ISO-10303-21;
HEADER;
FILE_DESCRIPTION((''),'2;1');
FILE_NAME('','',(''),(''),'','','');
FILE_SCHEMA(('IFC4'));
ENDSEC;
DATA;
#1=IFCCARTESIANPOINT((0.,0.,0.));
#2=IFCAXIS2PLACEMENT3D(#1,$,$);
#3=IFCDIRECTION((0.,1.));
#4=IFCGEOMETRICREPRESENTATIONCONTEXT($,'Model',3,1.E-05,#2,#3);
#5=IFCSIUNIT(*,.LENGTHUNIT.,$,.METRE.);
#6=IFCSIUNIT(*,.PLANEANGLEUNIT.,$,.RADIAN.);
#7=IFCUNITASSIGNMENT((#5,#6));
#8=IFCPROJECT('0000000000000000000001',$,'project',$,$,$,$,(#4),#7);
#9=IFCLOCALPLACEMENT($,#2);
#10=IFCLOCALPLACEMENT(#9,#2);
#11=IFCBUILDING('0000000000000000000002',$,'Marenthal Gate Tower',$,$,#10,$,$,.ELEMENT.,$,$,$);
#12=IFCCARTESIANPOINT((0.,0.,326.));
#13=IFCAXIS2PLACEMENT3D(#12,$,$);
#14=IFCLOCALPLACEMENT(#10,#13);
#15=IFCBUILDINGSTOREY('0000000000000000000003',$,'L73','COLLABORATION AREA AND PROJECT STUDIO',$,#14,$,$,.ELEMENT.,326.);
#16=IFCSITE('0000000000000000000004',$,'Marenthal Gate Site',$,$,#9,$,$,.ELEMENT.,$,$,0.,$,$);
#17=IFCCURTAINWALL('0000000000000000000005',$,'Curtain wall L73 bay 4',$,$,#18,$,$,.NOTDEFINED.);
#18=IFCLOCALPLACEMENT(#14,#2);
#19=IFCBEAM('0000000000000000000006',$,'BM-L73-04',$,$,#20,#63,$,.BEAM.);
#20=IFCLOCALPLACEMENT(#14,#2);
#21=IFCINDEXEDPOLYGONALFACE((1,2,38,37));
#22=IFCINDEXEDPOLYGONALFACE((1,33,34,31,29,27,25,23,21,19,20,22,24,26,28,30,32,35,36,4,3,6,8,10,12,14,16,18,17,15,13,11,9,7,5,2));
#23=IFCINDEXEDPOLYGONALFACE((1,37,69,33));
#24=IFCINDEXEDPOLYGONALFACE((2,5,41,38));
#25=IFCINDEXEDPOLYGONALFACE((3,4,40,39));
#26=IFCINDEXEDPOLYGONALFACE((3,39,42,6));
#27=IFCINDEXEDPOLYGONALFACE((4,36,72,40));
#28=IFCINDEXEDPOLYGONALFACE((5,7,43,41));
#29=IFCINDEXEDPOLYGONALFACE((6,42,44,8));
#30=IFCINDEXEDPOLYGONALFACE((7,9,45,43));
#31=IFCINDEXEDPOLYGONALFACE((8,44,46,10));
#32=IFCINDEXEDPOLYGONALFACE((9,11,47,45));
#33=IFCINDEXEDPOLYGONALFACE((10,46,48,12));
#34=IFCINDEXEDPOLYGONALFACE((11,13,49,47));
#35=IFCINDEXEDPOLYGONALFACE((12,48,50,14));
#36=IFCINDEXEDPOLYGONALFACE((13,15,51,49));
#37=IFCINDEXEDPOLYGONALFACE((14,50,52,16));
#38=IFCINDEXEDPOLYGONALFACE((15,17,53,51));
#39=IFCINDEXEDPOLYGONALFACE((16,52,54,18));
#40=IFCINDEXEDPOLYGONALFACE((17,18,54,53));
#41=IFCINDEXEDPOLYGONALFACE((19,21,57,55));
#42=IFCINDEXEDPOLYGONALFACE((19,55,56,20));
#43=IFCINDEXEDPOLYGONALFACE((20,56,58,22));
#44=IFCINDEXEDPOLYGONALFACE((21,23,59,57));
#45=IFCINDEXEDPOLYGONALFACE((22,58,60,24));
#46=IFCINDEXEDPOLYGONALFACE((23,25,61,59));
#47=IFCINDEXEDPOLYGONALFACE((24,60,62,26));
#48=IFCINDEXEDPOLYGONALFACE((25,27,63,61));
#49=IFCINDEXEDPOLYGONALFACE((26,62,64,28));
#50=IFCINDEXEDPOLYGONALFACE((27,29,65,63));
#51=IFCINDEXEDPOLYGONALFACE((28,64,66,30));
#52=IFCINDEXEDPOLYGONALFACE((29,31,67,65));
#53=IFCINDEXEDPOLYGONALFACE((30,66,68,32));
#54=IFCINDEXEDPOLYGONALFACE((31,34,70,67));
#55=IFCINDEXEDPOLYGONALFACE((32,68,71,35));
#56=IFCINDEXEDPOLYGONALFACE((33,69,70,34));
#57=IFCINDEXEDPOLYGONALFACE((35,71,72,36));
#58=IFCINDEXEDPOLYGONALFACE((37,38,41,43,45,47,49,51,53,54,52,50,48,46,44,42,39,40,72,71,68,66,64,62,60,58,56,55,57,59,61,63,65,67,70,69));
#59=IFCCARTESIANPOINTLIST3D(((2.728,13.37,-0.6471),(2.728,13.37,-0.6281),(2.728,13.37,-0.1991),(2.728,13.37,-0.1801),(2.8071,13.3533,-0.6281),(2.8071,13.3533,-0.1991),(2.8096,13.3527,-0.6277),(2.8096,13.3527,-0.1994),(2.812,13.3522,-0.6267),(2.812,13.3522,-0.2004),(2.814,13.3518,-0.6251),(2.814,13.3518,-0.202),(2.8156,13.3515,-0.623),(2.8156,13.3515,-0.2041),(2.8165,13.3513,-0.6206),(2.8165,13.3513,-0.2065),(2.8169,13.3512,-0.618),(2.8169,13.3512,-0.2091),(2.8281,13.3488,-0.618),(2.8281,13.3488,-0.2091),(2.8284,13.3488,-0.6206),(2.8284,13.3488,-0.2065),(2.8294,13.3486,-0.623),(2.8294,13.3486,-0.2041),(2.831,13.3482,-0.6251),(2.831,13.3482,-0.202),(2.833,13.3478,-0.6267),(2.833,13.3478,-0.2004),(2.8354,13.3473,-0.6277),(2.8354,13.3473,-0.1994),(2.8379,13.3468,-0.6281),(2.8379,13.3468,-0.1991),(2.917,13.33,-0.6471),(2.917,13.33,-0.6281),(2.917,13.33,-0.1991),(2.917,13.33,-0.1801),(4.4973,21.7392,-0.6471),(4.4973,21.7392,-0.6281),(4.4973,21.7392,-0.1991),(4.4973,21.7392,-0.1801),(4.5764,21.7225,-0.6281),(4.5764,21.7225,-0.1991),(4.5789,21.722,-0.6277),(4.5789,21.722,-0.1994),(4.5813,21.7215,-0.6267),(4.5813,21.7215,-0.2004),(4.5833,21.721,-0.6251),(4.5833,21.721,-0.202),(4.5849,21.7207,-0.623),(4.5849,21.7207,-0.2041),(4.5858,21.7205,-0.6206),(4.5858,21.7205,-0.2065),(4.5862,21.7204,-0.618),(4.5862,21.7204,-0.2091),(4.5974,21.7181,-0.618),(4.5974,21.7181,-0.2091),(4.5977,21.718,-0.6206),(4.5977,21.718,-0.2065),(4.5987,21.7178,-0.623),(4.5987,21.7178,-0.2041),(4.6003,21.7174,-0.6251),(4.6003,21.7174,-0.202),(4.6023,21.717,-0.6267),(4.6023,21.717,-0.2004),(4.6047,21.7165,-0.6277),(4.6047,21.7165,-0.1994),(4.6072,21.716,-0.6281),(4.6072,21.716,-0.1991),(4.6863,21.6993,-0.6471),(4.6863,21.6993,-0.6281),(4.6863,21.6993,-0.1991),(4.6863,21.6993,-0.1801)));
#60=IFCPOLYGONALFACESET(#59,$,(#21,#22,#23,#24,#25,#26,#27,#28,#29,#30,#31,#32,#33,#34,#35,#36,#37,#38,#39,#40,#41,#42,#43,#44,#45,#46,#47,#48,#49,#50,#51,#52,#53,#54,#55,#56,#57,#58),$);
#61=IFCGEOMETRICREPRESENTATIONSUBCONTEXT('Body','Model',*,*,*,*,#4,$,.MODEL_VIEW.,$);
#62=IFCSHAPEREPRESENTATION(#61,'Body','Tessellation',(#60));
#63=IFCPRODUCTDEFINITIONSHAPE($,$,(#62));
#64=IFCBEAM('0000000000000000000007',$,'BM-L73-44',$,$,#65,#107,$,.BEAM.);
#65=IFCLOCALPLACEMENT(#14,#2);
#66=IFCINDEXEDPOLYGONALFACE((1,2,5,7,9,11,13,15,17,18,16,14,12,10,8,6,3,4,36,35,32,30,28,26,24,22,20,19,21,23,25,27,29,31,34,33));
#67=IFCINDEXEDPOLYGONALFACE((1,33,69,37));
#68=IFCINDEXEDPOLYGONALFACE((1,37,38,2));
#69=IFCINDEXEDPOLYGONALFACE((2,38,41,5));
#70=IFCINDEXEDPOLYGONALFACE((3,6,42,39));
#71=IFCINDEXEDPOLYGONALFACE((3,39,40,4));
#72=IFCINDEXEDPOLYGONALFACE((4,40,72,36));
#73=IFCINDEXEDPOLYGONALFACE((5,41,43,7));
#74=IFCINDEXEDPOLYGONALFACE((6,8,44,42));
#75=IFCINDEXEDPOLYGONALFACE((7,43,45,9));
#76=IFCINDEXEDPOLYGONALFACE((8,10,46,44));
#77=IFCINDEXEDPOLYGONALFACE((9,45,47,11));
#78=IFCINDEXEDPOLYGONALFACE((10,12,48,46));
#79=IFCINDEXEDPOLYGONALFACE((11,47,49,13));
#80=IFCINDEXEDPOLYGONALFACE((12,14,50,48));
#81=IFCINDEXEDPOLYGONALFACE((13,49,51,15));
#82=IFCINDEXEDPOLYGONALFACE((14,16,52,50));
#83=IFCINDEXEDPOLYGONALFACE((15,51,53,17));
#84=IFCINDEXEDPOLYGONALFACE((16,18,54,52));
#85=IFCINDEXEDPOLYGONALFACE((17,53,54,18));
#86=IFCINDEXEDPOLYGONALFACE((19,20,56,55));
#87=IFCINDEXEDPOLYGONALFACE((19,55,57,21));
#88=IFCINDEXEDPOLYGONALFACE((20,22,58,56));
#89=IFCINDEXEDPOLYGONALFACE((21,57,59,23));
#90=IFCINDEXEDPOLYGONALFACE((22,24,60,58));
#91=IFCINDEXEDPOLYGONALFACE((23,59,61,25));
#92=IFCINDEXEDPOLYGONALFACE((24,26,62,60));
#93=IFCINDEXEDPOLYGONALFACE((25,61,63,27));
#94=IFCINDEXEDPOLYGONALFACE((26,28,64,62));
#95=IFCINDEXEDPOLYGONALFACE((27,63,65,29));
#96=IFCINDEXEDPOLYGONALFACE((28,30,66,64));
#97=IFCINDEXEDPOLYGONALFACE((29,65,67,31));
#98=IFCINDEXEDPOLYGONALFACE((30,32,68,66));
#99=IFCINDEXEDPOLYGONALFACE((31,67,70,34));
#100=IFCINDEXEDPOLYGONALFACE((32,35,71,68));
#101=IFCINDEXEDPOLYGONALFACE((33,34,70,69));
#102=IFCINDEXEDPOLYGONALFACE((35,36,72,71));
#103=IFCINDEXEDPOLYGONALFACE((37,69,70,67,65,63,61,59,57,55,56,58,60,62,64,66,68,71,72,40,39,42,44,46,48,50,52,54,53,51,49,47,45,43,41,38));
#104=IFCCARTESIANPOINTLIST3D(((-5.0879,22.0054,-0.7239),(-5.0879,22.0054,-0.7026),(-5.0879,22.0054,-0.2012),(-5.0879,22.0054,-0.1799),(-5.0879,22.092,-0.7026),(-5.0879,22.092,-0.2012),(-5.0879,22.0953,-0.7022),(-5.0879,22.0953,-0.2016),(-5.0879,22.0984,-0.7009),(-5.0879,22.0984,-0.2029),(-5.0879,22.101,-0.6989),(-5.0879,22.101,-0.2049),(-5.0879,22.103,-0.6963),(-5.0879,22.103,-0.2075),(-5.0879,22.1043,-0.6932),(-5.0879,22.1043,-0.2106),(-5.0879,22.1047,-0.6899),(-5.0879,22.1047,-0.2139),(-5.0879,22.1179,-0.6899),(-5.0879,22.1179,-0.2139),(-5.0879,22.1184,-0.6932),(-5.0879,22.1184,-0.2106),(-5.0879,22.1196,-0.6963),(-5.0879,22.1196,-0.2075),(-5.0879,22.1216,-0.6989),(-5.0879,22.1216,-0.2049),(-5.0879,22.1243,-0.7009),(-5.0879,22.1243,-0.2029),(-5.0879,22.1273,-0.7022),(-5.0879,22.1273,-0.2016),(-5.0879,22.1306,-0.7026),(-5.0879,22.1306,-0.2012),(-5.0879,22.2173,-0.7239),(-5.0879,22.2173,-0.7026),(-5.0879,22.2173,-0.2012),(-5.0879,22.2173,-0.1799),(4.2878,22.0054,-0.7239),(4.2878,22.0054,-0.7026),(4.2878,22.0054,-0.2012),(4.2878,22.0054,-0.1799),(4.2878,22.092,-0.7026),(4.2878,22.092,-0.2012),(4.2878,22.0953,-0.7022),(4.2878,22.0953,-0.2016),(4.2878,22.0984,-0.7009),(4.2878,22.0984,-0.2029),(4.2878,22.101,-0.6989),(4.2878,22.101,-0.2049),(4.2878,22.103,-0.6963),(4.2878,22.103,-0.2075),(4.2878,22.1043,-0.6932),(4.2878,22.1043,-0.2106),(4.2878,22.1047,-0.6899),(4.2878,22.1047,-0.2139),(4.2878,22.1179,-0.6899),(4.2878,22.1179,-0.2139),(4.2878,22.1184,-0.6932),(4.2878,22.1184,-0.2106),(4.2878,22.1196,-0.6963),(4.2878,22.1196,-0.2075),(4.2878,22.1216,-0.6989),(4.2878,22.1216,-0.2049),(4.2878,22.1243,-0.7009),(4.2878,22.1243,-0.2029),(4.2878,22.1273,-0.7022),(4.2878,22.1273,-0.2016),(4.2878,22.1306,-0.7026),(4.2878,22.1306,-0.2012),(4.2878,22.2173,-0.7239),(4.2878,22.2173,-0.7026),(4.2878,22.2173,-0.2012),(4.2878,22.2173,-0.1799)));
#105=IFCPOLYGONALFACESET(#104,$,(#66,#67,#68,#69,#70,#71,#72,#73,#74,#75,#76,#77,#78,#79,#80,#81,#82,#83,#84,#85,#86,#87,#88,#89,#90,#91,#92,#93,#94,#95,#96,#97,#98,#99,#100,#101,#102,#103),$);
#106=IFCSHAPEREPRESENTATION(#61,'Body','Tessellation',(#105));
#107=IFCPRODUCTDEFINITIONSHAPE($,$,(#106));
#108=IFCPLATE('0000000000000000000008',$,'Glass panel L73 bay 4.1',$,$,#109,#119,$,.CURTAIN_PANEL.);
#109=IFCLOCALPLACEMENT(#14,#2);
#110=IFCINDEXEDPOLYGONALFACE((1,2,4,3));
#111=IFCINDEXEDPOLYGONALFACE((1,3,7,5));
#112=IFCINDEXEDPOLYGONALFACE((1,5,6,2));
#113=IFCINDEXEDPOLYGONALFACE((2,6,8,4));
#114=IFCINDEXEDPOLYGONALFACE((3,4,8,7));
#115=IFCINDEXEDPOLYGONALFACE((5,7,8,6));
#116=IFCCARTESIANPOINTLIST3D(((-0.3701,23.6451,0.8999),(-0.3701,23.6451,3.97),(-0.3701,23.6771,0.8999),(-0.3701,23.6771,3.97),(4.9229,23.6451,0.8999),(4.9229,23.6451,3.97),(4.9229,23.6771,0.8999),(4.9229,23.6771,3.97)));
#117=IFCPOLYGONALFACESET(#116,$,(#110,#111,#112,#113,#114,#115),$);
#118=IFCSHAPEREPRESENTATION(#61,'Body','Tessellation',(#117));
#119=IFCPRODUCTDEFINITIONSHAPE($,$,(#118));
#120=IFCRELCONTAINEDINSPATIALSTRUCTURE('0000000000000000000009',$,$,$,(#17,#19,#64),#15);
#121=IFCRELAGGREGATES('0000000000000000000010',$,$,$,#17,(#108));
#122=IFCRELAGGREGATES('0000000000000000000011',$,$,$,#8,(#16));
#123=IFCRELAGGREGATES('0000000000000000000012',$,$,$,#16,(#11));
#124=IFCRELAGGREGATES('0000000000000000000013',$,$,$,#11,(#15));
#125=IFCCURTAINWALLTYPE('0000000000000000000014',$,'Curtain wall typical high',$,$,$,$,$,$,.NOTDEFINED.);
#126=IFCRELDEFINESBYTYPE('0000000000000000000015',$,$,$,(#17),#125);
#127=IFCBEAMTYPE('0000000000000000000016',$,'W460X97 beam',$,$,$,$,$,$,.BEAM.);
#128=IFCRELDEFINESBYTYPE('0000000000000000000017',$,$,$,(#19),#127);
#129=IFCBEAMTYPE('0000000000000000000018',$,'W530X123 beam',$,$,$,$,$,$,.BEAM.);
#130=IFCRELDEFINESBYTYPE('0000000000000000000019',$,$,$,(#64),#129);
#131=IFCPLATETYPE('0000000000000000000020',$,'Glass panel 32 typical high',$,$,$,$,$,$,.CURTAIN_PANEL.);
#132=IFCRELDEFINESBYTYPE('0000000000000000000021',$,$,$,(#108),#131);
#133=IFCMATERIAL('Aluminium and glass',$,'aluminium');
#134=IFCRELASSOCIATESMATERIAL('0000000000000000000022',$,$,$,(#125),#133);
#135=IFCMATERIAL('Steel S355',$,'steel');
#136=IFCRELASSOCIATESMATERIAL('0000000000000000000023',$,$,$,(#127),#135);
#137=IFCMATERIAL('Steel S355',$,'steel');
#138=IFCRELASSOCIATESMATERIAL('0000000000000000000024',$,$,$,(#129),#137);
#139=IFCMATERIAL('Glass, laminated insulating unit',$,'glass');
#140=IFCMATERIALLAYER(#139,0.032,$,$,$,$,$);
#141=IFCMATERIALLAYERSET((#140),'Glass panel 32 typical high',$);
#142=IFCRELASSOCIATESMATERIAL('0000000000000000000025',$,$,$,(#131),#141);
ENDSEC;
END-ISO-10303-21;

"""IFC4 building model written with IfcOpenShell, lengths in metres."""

from ifc_helpers import new_model, si_unit, direction, frame, origin, origin_2d, place, context, subcontext, project, spatial, rectangle, i_section, extrude, material, layer, layer_set, material_profile, profile_set, type_object, element, aggregate, save


model = new_model("IFC4")

# Units and contexts
model_context = context("Model", 3, precision=1e-05, world=origin(), true_north=direction((0.0, 1.0)))
body_context = subcontext(model_context, "Body", "Model", "MODEL_VIEW")
ifc_project = project(units=[si_unit("LENGTHUNIT", "METRE"), si_unit("PLANEANGLEUNIT", "RADIAN")], contexts=[model_context])

# Site, building, storey
site_placement = place(None, origin())
site = spatial("IfcSite", under=ifc_project, at=site_placement, Name="Marenthal Gate Site", CompositionType="ELEMENT", RefElevation=0.0)
building_placement = place(site_placement, origin())
building = spatial("IfcBuilding", under=site, at=building_placement, Name="Marenthal Gate Tower", CompositionType="ELEMENT")
storey_placement = place(building_placement, frame((0.0, 0.0, 326.0)))
storey = spatial("IfcBuildingStorey", under=building, at=storey_placement, Name="L73", Description="COLLABORATION AREA AND PROJECT STUDIO", CompositionType="ELEMENT", Elevation=326.0)

# Curtain wall
ifc_material_1 = material(Name="Aluminium and glass", Category="aluminium")
curtain_wall_type = type_object("IfcCurtainWallType", Name="Curtain wall typical high", PredefinedType="NOTDEFINED", material=ifc_material_1)
curtain_wall_placement = place(storey_placement, origin())
curtain_wall = element("IfcCurtainWall", 1, at=curtain_wall_placement, inside=storey, type_object=curtain_wall_type, Name="Curtain wall L73 bay 4", PredefinedType="NOTDEFINED")

# Beams
ifc_material_2 = material(Name="Steel S355", Category="steel")
ifc_material_profile_1 = material_profile(ifc_material_2, i_section(OverallWidth=0.1931, OverallDepth=0.467, WebThickness=0.0115, FlangeThickness=0.019, FilletRadius=0.01, at=origin_2d()), Name="W460X97")
ifc_profile_set_1 = profile_set([ifc_material_profile_1], Name="Steel S355")
beam_type_1 = type_object("IfcBeamType", Name="W460X97 beam", PredefinedType="BEAM", material=ifc_profile_set_1)
beam_1_placement = place(storey_placement, frame((4.5918, 21.7192, -0.4136), z_axis=(-0.206835, -0.978376, 0.0), x_axis=(0.978376, -0.206835, 0.0)))
element("IfcBeam", 2, at=beam_1_placement, inside=storey, type_object=beam_type_1, Name="BM-L73-04", PredefinedType="BEAM", context=body_context, shape_type="SweptSolid", body=[
    extrude(i_section(OverallWidth=0.1931, OverallDepth=0.467, WebThickness=0.0115, FlangeThickness=0.019, FilletRadius=0.01, at=origin_2d()), origin(), (0.0, 0.0, 1.0), 8.5542),
])
ifc_material_3 = material(Name="Steel S355", Category="steel")
ifc_material_profile_2 = material_profile(ifc_material_3, i_section(OverallWidth=0.2119, OverallDepth=0.5439, WebThickness=0.0132, FlangeThickness=0.0212, FilletRadius=0.0127, at=origin_2d()), Name="W530X123")
ifc_profile_set_2 = profile_set([ifc_material_profile_2], Name="Steel S355")
beam_type_2 = type_object("IfcBeamType", Name="W530X123 beam", PredefinedType="BEAM", material=ifc_profile_set_2)
beam_2_placement = place(storey_placement, frame((4.2878, 22.1113, -0.4519), z_axis=(-1.0, 0.0, 0.0), x_axis=(0.0, -1.0, 0.0)))
element("IfcBeam", 3, at=beam_2_placement, inside=storey, type_object=beam_type_2, Name="BM-L73-44", PredefinedType="BEAM", context=body_context, shape_type="SweptSolid", body=[
    extrude(i_section(OverallWidth=0.2119, OverallDepth=0.5439, WebThickness=0.0132, FlangeThickness=0.0212, FilletRadius=0.0127, at=origin_2d()), origin(), (0.0, 0.0, 1.0), 9.3757),
])

# Plate
ifc_material_4 = material(Name="Glass, laminated insulating unit", Category="glass")
ifc_layer_1 = layer(ifc_material_4, 0.032)
ifc_layer_set_1 = layer_set([ifc_layer_1], Name="Glass panel 32 typical high")
plate_type = type_object("IfcPlateType", Name="Glass panel 32 typical high", PredefinedType="CURTAIN_PANEL", material=ifc_layer_set_1)
plate_placement = place(storey_placement, frame((2.2764, 23.6611, 0.8999), z_axis=(0.0, 0.0, 1.0), x_axis=(-1.0, 0.0, 0.0)))
plate = element("IfcPlate", 4, at=plate_placement, type_object=plate_type, Name="Glass panel L73 bay 4.1", PredefinedType="CURTAIN_PANEL", context=body_context, shape_type="SweptSolid", body=[
    extrude(rectangle(XDim=5.293, YDim=0.032, at=origin_2d()), origin(), (0.0, 0.0, 1.0), 3.0701),
])
aggregate(curtain_wall, [plate])

save(model, "model.ifc")
